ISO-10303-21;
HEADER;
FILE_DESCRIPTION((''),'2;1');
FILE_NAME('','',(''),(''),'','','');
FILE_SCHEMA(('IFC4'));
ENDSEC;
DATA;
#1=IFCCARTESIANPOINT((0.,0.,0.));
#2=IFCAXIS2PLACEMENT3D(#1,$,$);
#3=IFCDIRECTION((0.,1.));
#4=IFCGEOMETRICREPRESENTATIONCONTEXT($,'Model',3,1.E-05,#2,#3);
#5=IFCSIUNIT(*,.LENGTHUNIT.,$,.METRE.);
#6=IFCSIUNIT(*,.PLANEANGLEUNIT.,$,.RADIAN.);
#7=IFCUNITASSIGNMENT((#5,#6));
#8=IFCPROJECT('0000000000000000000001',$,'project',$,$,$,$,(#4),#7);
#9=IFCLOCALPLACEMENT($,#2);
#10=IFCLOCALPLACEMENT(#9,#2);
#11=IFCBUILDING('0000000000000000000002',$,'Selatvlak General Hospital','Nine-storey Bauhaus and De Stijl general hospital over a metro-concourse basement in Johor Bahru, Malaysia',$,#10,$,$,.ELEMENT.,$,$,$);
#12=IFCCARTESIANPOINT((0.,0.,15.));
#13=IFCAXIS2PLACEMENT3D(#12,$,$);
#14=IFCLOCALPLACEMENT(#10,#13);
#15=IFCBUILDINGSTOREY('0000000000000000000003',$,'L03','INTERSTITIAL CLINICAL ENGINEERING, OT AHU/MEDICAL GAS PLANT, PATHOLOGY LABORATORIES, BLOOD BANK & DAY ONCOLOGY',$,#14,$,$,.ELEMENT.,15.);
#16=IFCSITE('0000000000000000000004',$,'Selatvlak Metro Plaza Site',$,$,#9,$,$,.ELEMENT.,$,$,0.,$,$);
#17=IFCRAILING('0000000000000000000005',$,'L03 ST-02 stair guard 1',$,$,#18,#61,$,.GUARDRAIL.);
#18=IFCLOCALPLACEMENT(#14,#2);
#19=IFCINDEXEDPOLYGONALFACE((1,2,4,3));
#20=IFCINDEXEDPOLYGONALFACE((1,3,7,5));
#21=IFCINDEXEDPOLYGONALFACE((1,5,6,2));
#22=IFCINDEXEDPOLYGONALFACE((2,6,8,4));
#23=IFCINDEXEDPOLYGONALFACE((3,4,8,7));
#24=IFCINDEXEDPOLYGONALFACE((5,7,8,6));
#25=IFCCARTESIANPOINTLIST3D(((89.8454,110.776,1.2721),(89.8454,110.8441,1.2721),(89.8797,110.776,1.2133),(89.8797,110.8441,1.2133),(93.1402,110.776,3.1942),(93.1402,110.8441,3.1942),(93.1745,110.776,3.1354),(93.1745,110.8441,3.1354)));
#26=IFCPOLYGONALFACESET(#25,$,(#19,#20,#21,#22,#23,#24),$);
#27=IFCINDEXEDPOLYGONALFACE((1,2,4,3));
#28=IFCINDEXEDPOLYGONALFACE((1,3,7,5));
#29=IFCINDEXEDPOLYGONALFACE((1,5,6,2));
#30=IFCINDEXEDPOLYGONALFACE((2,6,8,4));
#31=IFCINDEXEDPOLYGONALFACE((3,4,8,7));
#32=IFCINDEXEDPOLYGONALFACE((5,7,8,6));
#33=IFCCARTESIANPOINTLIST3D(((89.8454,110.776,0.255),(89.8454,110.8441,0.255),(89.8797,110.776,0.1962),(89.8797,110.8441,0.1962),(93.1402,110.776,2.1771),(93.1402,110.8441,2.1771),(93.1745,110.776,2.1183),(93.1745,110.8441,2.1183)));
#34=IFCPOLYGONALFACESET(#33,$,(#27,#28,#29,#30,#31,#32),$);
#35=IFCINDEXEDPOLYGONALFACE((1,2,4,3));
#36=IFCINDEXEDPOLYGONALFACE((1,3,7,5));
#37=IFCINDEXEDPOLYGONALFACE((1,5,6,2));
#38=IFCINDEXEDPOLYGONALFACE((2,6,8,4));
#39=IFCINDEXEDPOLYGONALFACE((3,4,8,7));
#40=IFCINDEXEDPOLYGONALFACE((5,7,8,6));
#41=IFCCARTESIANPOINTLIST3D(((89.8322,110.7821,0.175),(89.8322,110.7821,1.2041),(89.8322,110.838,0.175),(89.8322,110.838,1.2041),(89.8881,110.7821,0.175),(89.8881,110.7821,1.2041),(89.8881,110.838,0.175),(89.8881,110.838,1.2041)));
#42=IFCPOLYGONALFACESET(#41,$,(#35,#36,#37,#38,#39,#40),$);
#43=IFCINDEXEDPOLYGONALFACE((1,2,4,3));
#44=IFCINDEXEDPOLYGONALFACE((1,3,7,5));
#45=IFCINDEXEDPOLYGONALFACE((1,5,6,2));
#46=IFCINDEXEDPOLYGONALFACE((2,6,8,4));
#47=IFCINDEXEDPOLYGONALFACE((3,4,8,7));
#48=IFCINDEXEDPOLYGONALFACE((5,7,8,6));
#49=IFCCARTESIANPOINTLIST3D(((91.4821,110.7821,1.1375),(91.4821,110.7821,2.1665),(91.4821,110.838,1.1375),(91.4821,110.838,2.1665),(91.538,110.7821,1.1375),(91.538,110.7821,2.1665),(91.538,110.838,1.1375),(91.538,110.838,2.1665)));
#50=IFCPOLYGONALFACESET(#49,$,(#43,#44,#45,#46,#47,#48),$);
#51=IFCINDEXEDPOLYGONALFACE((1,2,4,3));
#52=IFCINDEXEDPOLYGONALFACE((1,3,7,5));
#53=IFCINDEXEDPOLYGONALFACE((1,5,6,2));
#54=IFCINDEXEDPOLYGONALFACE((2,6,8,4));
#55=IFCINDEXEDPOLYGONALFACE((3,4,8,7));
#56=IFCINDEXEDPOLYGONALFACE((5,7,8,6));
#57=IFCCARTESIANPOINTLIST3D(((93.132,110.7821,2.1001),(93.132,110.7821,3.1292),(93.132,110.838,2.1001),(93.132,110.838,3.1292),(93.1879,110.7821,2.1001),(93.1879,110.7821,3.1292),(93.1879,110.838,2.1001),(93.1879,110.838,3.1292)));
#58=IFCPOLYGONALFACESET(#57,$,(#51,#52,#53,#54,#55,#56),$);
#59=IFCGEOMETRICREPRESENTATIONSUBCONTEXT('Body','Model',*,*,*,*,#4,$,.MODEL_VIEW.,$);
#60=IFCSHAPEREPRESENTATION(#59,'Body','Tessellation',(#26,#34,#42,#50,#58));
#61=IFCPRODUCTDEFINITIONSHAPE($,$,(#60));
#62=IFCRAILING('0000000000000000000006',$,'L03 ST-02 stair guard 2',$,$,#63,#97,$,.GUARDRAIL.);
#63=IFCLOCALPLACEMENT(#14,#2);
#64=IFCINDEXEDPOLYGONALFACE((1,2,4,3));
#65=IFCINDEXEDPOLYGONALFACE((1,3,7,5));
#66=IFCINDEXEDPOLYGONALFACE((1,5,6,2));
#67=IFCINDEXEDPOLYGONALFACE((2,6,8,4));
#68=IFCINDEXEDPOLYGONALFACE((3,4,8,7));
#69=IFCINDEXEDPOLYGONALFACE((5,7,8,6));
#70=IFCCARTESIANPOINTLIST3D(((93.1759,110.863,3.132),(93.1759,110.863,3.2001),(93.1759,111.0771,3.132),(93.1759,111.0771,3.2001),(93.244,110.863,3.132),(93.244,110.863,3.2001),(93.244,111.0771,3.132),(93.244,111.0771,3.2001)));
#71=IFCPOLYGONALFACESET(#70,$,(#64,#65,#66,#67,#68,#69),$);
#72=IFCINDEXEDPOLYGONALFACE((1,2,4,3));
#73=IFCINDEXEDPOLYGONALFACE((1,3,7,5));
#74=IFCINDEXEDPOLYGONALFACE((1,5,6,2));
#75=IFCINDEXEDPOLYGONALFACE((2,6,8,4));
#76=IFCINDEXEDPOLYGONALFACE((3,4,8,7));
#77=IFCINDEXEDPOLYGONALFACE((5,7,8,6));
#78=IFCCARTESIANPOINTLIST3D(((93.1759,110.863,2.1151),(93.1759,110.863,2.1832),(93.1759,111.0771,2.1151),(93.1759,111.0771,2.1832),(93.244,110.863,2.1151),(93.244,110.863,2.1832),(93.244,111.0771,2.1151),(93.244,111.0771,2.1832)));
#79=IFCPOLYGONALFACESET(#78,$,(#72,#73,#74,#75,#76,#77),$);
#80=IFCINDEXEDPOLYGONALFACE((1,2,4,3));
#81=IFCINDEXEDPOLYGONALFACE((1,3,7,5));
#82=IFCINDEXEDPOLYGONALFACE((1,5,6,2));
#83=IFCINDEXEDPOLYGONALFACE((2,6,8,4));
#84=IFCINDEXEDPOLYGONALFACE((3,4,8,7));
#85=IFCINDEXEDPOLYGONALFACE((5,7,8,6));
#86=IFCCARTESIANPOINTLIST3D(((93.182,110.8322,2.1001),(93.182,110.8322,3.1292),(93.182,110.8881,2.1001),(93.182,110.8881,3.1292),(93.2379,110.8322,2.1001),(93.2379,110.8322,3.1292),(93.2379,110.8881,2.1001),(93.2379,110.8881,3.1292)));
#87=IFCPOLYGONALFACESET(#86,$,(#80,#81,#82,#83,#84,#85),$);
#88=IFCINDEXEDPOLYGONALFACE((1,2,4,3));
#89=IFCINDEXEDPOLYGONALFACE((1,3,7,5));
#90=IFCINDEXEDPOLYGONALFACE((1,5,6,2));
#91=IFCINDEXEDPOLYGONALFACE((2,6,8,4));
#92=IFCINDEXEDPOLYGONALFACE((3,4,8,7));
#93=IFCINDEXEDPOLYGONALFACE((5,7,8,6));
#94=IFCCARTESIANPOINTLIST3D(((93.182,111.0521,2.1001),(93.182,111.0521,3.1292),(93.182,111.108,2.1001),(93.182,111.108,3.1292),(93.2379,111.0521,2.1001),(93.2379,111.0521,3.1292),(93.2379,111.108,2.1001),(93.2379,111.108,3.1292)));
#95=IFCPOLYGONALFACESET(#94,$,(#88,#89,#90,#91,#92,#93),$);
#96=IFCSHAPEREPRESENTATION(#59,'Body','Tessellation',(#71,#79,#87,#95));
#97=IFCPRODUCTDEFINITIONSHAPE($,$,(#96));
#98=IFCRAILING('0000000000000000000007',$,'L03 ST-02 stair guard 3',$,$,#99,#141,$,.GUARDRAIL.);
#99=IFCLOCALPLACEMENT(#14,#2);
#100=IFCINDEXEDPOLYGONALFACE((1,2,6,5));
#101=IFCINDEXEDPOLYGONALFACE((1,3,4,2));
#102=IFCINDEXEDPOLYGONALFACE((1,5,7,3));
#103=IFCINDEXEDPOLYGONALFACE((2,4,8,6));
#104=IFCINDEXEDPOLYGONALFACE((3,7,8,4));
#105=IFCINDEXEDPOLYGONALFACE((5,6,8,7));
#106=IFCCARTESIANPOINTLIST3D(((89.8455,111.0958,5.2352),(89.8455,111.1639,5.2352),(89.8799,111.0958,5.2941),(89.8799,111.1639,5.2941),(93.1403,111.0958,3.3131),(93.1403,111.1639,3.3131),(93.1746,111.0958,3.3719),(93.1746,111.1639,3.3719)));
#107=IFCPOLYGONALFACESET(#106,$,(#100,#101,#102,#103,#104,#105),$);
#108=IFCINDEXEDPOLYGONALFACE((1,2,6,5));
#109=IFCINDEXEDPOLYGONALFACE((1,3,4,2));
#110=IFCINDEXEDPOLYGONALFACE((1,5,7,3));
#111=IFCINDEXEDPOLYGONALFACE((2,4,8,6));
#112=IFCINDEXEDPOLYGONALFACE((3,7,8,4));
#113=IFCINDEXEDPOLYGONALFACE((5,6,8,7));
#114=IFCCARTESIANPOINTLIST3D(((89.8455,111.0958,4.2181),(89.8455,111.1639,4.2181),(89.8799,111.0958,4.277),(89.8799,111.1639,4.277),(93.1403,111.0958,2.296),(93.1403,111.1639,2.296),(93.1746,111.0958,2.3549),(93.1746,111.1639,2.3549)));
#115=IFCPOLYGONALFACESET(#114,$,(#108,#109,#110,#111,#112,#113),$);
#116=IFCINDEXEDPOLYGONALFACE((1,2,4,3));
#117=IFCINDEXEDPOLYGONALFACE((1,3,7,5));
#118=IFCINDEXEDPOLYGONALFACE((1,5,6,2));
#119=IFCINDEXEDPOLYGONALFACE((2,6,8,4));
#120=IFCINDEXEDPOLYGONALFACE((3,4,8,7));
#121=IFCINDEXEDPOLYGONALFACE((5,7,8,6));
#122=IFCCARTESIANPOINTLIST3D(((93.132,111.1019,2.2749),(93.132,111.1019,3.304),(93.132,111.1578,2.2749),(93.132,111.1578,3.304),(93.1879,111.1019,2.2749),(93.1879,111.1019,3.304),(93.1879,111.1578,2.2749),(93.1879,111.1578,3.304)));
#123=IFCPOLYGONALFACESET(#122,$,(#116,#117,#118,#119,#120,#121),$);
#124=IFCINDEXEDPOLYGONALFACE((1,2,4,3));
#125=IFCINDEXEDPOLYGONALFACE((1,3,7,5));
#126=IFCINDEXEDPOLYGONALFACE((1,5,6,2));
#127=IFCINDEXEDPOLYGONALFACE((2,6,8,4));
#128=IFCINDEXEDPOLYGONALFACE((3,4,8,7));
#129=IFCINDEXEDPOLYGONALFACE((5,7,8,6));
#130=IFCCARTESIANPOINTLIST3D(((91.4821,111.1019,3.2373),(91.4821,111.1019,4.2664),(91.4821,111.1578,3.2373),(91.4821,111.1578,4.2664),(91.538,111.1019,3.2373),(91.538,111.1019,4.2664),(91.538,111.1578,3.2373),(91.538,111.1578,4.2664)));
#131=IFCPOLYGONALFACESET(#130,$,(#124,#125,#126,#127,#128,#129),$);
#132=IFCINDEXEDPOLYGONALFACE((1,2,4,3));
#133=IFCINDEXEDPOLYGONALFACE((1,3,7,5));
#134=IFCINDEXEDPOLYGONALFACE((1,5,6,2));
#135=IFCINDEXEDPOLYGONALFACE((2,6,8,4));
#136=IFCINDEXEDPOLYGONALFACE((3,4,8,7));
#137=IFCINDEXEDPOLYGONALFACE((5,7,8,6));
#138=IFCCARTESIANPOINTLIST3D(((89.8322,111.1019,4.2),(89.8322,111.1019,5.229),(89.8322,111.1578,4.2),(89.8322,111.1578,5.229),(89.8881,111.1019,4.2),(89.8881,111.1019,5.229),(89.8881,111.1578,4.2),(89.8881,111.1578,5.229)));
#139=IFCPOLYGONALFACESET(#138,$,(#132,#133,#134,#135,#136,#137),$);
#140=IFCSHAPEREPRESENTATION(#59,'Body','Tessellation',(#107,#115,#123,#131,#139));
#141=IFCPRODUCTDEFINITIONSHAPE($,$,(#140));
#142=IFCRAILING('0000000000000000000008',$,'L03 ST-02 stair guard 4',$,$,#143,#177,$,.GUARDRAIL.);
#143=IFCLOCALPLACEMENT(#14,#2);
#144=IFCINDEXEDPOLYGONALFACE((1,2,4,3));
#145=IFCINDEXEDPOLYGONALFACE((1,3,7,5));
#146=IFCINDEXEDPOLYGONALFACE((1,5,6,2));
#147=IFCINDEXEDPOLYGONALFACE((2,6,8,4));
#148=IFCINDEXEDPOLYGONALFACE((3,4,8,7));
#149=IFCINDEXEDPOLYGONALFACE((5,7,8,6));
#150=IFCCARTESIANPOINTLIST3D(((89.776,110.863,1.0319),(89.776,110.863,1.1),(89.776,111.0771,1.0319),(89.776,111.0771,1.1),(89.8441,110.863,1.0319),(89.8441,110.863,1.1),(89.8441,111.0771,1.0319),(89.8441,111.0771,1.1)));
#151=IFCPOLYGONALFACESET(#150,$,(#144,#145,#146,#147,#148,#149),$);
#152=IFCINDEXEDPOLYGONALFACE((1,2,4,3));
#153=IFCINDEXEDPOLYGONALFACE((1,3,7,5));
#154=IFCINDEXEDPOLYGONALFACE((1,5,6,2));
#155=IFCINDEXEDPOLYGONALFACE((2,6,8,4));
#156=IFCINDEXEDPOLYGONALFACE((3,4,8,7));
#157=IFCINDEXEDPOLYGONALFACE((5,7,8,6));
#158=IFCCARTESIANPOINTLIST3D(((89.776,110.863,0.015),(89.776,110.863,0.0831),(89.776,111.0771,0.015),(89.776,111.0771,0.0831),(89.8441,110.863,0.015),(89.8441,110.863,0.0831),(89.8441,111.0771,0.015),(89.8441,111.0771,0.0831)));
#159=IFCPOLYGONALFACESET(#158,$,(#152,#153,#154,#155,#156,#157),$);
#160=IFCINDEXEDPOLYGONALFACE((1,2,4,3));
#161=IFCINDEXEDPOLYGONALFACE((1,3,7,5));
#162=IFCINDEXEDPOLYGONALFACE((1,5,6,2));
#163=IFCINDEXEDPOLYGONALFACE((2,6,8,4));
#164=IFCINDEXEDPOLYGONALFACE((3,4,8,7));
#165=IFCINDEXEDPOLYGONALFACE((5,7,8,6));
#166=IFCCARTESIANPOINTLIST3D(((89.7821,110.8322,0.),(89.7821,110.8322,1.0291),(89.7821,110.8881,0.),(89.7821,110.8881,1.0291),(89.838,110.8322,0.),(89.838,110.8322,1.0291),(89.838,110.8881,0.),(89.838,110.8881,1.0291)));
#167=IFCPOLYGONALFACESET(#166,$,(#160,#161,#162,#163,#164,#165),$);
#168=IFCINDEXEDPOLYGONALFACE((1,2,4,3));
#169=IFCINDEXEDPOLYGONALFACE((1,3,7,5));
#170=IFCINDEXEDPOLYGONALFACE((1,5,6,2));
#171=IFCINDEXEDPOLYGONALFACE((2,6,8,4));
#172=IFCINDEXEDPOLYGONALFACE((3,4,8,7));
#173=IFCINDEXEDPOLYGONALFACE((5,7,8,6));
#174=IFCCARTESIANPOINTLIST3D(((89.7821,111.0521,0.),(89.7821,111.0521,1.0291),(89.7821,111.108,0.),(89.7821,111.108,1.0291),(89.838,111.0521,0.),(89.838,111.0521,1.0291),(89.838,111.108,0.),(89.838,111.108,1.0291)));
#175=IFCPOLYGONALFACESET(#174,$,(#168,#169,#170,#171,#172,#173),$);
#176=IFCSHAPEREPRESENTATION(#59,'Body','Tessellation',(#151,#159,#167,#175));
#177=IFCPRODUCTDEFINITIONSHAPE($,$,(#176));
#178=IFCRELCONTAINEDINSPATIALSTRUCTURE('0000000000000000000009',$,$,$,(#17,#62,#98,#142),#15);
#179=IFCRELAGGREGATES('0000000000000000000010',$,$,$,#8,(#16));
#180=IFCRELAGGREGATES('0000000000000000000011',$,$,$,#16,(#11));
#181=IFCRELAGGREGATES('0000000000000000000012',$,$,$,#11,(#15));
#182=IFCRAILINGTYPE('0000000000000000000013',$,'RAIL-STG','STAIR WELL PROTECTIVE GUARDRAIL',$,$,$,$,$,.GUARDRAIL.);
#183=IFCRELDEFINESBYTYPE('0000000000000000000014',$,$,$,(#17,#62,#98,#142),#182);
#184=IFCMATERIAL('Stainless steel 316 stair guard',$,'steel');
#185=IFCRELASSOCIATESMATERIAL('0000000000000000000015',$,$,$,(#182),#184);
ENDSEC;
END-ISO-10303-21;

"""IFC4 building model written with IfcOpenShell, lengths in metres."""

from ifc_helpers import new_model, si_unit, direction, frame, origin, origin_2d, place, context, subcontext, project, spatial, rectangle, extrude, material, type_object, element, save


model = new_model("IFC4")

# Units and contexts
model_context = context("Model", 3, precision=1e-05, world=origin(), true_north=direction((0.0, 1.0)))
body_context = subcontext(model_context, "Body", "Model", "MODEL_VIEW")
ifc_project = project(units=[si_unit("LENGTHUNIT", "METRE"), si_unit("PLANEANGLEUNIT", "RADIAN")], contexts=[model_context])

# Site, building, storey
site_placement = place(None, origin())
site = spatial("IfcSite", under=ifc_project, at=site_placement, Name="Selatvlak Metro Plaza Site", CompositionType="ELEMENT", RefElevation=0.0)
building_placement = place(site_placement, origin())
building = spatial("IfcBuilding", under=site, at=building_placement, Name="Selatvlak General Hospital", Description="Nine-storey Bauhaus and De Stijl general hospital over a metro-concourse basement in Johor Bahru, Malaysia", CompositionType="ELEMENT")
storey_placement = place(building_placement, frame((0.0, 0.0, 15.0)))
storey = spatial("IfcBuildingStorey", under=building, at=storey_placement, Name="L03", Description="INTERSTITIAL CLINICAL ENGINEERING, OT AHU/MEDICAL GAS PLANT, PATHOLOGY LABORATORIES, BLOOD BANK & DAY ONCOLOGY", CompositionType="ELEMENT", Elevation=15.0)

# Railings
ifc_material_1 = material(Name="Stainless steel 316 stair guard", Category="steel")
railing_type_1 = type_object("IfcRailingType", Name="RAIL-STG", Description="STAIR WELL PROTECTIVE GUARDRAIL", PredefinedType="GUARDRAIL", material=ifc_material_1)
railing_1_placement = place(storey_placement, frame((89.8601, 110.8101, 0.175)))
element("IfcRailing", 1, at=railing_1_placement, inside=storey, type_object=railing_type_1, Name="L03 ST-02 stair guard 1", PredefinedType="GUARDRAIL", context=body_context, shape_type="SweptSolid", body=[
    extrude(rectangle(XDim=0.0681, YDim=0.0681, at=origin_2d()), frame((0.0024, 0.0, 1.0676), z_axis=(0.86376, 0.0, 0.503903), x_axis=(0.0, 1.0, 0.0)), (0.0, 0.0, 1.0), 3.8145),
    extrude(rectangle(XDim=0.0681, YDim=0.0681, at=origin_2d()), frame((0.0024, 0.0, 0.0505), z_axis=(0.86376, 0.0, 0.503903), x_axis=(0.0, 1.0, 0.0)), (0.0, 0.0, 1.0), 3.8145),
    extrude(rectangle(XDim=0.0559, YDim=0.0559, at=origin_2d()), origin(), (0.0, 0.0, 1.0), 1.0291),
    extrude(rectangle(XDim=0.0559, YDim=0.0559, at=origin_2d()), frame((1.6499, 0.0, 0.9624)), (0.0, 0.0, 1.0), 1.0291),
    extrude(rectangle(XDim=0.0559, YDim=0.0559, at=origin_2d()), frame((3.2998, 0.0, 1.925)), (0.0, 0.0, 1.0), 1.0291),
])
railing_2_placement = place(storey_placement, frame((93.21, 110.8601, 2.1001)))
element("IfcRailing", 2, at=railing_2_placement, inside=storey, type_object=railing_type_1, Name="L03 ST-02 stair guard 2", PredefinedType="GUARDRAIL", context=body_context, shape_type="SweptSolid", body=[
    extrude(rectangle(XDim=0.0681, YDim=0.0681, at=origin_2d()), frame((0.0, 0.0029, 1.0659), z_axis=(0.0, 1.0, 0.0), x_axis=(-1.0, 0.0, 0.0)), (0.0, 0.0, 1.0), 0.2141),
    extrude(rectangle(XDim=0.0681, YDim=0.0681, at=origin_2d()), frame((0.0, 0.0029, 0.0491), z_axis=(0.0, 1.0, 0.0), x_axis=(-1.0, 0.0, 0.0)), (0.0, 0.0, 1.0), 0.2141),
    extrude(rectangle(XDim=0.0559, YDim=0.0559, at=origin_2d()), origin(), (0.0, 0.0, 1.0), 1.0291),
    extrude(rectangle(XDim=0.0559, YDim=0.0559, at=origin_2d()), frame((0.0, 0.22, 0.0)), (0.0, 0.0, 1.0), 1.0291),
])
railing_3_placement = place(storey_placement, frame((93.1599, 111.1299, 2.2749)))
element("IfcRailing", 3, at=railing_3_placement, inside=storey, type_object=railing_type_1, Name="L03 ST-02 stair guard 3", PredefinedType="GUARDRAIL", context=body_context, shape_type="SweptSolid", body=[
    extrude(rectangle(XDim=0.0681, YDim=0.0681, at=origin_2d()), frame((-0.0024, 0.0, 1.0676), z_axis=(-0.86376, 0.0, 0.503903), x_axis=(0.0, -1.0, 0.0)), (0.0, 0.0, 1.0), 3.8145),
    extrude(rectangle(XDim=0.0681, YDim=0.0681, at=origin_2d()), frame((-0.0024, 0.0, 0.0505), z_axis=(-0.86376, 0.0, 0.503903), x_axis=(0.0, -1.0, 0.0)), (0.0, 0.0, 1.0), 3.8145),
    extrude(rectangle(XDim=0.0559, YDim=0.0559, at=origin_2d()), origin(), (0.0, 0.0, 1.0), 1.0291),
    extrude(rectangle(XDim=0.0559, YDim=0.0559, at=origin_2d()), frame((-1.6499, 0.0, 0.9624)), (0.0, 0.0, 1.0), 1.0291),
    extrude(rectangle(XDim=0.0559, YDim=0.0559, at=origin_2d()), frame((-3.2998, 0.0, 1.925)), (0.0, 0.0, 1.0), 1.0291),
])
railing_4_placement = place(storey_placement, frame((89.8101, 110.8601, 0.0)))
element("IfcRailing", 4, at=railing_4_placement, inside=storey, type_object=railing_type_1, Name="L03 ST-02 stair guard 4", PredefinedType="GUARDRAIL", context=body_context, shape_type="SweptSolid", body=[
    extrude(rectangle(XDim=0.0681, YDim=0.0681, at=origin_2d()), frame((0.0, 0.0029, 1.0659), z_axis=(0.0, 1.0, 0.0), x_axis=(-1.0, 0.0, 0.0)), (0.0, 0.0, 1.0), 0.2141),
    extrude(rectangle(XDim=0.0681, YDim=0.0681, at=origin_2d()), frame((0.0, 0.0029, 0.0491), z_axis=(0.0, 1.0, 0.0), x_axis=(-1.0, 0.0, 0.0)), (0.0, 0.0, 1.0), 0.2141),
    extrude(rectangle(XDim=0.0559, YDim=0.0559, at=origin_2d()), origin(), (0.0, 0.0, 1.0), 1.0291),
    extrude(rectangle(XDim=0.0559, YDim=0.0559, at=origin_2d()), frame((0.0, 0.22, 0.0)), (0.0, 0.0, 1.0), 1.0291),
])

save(model, "model.ifc")
